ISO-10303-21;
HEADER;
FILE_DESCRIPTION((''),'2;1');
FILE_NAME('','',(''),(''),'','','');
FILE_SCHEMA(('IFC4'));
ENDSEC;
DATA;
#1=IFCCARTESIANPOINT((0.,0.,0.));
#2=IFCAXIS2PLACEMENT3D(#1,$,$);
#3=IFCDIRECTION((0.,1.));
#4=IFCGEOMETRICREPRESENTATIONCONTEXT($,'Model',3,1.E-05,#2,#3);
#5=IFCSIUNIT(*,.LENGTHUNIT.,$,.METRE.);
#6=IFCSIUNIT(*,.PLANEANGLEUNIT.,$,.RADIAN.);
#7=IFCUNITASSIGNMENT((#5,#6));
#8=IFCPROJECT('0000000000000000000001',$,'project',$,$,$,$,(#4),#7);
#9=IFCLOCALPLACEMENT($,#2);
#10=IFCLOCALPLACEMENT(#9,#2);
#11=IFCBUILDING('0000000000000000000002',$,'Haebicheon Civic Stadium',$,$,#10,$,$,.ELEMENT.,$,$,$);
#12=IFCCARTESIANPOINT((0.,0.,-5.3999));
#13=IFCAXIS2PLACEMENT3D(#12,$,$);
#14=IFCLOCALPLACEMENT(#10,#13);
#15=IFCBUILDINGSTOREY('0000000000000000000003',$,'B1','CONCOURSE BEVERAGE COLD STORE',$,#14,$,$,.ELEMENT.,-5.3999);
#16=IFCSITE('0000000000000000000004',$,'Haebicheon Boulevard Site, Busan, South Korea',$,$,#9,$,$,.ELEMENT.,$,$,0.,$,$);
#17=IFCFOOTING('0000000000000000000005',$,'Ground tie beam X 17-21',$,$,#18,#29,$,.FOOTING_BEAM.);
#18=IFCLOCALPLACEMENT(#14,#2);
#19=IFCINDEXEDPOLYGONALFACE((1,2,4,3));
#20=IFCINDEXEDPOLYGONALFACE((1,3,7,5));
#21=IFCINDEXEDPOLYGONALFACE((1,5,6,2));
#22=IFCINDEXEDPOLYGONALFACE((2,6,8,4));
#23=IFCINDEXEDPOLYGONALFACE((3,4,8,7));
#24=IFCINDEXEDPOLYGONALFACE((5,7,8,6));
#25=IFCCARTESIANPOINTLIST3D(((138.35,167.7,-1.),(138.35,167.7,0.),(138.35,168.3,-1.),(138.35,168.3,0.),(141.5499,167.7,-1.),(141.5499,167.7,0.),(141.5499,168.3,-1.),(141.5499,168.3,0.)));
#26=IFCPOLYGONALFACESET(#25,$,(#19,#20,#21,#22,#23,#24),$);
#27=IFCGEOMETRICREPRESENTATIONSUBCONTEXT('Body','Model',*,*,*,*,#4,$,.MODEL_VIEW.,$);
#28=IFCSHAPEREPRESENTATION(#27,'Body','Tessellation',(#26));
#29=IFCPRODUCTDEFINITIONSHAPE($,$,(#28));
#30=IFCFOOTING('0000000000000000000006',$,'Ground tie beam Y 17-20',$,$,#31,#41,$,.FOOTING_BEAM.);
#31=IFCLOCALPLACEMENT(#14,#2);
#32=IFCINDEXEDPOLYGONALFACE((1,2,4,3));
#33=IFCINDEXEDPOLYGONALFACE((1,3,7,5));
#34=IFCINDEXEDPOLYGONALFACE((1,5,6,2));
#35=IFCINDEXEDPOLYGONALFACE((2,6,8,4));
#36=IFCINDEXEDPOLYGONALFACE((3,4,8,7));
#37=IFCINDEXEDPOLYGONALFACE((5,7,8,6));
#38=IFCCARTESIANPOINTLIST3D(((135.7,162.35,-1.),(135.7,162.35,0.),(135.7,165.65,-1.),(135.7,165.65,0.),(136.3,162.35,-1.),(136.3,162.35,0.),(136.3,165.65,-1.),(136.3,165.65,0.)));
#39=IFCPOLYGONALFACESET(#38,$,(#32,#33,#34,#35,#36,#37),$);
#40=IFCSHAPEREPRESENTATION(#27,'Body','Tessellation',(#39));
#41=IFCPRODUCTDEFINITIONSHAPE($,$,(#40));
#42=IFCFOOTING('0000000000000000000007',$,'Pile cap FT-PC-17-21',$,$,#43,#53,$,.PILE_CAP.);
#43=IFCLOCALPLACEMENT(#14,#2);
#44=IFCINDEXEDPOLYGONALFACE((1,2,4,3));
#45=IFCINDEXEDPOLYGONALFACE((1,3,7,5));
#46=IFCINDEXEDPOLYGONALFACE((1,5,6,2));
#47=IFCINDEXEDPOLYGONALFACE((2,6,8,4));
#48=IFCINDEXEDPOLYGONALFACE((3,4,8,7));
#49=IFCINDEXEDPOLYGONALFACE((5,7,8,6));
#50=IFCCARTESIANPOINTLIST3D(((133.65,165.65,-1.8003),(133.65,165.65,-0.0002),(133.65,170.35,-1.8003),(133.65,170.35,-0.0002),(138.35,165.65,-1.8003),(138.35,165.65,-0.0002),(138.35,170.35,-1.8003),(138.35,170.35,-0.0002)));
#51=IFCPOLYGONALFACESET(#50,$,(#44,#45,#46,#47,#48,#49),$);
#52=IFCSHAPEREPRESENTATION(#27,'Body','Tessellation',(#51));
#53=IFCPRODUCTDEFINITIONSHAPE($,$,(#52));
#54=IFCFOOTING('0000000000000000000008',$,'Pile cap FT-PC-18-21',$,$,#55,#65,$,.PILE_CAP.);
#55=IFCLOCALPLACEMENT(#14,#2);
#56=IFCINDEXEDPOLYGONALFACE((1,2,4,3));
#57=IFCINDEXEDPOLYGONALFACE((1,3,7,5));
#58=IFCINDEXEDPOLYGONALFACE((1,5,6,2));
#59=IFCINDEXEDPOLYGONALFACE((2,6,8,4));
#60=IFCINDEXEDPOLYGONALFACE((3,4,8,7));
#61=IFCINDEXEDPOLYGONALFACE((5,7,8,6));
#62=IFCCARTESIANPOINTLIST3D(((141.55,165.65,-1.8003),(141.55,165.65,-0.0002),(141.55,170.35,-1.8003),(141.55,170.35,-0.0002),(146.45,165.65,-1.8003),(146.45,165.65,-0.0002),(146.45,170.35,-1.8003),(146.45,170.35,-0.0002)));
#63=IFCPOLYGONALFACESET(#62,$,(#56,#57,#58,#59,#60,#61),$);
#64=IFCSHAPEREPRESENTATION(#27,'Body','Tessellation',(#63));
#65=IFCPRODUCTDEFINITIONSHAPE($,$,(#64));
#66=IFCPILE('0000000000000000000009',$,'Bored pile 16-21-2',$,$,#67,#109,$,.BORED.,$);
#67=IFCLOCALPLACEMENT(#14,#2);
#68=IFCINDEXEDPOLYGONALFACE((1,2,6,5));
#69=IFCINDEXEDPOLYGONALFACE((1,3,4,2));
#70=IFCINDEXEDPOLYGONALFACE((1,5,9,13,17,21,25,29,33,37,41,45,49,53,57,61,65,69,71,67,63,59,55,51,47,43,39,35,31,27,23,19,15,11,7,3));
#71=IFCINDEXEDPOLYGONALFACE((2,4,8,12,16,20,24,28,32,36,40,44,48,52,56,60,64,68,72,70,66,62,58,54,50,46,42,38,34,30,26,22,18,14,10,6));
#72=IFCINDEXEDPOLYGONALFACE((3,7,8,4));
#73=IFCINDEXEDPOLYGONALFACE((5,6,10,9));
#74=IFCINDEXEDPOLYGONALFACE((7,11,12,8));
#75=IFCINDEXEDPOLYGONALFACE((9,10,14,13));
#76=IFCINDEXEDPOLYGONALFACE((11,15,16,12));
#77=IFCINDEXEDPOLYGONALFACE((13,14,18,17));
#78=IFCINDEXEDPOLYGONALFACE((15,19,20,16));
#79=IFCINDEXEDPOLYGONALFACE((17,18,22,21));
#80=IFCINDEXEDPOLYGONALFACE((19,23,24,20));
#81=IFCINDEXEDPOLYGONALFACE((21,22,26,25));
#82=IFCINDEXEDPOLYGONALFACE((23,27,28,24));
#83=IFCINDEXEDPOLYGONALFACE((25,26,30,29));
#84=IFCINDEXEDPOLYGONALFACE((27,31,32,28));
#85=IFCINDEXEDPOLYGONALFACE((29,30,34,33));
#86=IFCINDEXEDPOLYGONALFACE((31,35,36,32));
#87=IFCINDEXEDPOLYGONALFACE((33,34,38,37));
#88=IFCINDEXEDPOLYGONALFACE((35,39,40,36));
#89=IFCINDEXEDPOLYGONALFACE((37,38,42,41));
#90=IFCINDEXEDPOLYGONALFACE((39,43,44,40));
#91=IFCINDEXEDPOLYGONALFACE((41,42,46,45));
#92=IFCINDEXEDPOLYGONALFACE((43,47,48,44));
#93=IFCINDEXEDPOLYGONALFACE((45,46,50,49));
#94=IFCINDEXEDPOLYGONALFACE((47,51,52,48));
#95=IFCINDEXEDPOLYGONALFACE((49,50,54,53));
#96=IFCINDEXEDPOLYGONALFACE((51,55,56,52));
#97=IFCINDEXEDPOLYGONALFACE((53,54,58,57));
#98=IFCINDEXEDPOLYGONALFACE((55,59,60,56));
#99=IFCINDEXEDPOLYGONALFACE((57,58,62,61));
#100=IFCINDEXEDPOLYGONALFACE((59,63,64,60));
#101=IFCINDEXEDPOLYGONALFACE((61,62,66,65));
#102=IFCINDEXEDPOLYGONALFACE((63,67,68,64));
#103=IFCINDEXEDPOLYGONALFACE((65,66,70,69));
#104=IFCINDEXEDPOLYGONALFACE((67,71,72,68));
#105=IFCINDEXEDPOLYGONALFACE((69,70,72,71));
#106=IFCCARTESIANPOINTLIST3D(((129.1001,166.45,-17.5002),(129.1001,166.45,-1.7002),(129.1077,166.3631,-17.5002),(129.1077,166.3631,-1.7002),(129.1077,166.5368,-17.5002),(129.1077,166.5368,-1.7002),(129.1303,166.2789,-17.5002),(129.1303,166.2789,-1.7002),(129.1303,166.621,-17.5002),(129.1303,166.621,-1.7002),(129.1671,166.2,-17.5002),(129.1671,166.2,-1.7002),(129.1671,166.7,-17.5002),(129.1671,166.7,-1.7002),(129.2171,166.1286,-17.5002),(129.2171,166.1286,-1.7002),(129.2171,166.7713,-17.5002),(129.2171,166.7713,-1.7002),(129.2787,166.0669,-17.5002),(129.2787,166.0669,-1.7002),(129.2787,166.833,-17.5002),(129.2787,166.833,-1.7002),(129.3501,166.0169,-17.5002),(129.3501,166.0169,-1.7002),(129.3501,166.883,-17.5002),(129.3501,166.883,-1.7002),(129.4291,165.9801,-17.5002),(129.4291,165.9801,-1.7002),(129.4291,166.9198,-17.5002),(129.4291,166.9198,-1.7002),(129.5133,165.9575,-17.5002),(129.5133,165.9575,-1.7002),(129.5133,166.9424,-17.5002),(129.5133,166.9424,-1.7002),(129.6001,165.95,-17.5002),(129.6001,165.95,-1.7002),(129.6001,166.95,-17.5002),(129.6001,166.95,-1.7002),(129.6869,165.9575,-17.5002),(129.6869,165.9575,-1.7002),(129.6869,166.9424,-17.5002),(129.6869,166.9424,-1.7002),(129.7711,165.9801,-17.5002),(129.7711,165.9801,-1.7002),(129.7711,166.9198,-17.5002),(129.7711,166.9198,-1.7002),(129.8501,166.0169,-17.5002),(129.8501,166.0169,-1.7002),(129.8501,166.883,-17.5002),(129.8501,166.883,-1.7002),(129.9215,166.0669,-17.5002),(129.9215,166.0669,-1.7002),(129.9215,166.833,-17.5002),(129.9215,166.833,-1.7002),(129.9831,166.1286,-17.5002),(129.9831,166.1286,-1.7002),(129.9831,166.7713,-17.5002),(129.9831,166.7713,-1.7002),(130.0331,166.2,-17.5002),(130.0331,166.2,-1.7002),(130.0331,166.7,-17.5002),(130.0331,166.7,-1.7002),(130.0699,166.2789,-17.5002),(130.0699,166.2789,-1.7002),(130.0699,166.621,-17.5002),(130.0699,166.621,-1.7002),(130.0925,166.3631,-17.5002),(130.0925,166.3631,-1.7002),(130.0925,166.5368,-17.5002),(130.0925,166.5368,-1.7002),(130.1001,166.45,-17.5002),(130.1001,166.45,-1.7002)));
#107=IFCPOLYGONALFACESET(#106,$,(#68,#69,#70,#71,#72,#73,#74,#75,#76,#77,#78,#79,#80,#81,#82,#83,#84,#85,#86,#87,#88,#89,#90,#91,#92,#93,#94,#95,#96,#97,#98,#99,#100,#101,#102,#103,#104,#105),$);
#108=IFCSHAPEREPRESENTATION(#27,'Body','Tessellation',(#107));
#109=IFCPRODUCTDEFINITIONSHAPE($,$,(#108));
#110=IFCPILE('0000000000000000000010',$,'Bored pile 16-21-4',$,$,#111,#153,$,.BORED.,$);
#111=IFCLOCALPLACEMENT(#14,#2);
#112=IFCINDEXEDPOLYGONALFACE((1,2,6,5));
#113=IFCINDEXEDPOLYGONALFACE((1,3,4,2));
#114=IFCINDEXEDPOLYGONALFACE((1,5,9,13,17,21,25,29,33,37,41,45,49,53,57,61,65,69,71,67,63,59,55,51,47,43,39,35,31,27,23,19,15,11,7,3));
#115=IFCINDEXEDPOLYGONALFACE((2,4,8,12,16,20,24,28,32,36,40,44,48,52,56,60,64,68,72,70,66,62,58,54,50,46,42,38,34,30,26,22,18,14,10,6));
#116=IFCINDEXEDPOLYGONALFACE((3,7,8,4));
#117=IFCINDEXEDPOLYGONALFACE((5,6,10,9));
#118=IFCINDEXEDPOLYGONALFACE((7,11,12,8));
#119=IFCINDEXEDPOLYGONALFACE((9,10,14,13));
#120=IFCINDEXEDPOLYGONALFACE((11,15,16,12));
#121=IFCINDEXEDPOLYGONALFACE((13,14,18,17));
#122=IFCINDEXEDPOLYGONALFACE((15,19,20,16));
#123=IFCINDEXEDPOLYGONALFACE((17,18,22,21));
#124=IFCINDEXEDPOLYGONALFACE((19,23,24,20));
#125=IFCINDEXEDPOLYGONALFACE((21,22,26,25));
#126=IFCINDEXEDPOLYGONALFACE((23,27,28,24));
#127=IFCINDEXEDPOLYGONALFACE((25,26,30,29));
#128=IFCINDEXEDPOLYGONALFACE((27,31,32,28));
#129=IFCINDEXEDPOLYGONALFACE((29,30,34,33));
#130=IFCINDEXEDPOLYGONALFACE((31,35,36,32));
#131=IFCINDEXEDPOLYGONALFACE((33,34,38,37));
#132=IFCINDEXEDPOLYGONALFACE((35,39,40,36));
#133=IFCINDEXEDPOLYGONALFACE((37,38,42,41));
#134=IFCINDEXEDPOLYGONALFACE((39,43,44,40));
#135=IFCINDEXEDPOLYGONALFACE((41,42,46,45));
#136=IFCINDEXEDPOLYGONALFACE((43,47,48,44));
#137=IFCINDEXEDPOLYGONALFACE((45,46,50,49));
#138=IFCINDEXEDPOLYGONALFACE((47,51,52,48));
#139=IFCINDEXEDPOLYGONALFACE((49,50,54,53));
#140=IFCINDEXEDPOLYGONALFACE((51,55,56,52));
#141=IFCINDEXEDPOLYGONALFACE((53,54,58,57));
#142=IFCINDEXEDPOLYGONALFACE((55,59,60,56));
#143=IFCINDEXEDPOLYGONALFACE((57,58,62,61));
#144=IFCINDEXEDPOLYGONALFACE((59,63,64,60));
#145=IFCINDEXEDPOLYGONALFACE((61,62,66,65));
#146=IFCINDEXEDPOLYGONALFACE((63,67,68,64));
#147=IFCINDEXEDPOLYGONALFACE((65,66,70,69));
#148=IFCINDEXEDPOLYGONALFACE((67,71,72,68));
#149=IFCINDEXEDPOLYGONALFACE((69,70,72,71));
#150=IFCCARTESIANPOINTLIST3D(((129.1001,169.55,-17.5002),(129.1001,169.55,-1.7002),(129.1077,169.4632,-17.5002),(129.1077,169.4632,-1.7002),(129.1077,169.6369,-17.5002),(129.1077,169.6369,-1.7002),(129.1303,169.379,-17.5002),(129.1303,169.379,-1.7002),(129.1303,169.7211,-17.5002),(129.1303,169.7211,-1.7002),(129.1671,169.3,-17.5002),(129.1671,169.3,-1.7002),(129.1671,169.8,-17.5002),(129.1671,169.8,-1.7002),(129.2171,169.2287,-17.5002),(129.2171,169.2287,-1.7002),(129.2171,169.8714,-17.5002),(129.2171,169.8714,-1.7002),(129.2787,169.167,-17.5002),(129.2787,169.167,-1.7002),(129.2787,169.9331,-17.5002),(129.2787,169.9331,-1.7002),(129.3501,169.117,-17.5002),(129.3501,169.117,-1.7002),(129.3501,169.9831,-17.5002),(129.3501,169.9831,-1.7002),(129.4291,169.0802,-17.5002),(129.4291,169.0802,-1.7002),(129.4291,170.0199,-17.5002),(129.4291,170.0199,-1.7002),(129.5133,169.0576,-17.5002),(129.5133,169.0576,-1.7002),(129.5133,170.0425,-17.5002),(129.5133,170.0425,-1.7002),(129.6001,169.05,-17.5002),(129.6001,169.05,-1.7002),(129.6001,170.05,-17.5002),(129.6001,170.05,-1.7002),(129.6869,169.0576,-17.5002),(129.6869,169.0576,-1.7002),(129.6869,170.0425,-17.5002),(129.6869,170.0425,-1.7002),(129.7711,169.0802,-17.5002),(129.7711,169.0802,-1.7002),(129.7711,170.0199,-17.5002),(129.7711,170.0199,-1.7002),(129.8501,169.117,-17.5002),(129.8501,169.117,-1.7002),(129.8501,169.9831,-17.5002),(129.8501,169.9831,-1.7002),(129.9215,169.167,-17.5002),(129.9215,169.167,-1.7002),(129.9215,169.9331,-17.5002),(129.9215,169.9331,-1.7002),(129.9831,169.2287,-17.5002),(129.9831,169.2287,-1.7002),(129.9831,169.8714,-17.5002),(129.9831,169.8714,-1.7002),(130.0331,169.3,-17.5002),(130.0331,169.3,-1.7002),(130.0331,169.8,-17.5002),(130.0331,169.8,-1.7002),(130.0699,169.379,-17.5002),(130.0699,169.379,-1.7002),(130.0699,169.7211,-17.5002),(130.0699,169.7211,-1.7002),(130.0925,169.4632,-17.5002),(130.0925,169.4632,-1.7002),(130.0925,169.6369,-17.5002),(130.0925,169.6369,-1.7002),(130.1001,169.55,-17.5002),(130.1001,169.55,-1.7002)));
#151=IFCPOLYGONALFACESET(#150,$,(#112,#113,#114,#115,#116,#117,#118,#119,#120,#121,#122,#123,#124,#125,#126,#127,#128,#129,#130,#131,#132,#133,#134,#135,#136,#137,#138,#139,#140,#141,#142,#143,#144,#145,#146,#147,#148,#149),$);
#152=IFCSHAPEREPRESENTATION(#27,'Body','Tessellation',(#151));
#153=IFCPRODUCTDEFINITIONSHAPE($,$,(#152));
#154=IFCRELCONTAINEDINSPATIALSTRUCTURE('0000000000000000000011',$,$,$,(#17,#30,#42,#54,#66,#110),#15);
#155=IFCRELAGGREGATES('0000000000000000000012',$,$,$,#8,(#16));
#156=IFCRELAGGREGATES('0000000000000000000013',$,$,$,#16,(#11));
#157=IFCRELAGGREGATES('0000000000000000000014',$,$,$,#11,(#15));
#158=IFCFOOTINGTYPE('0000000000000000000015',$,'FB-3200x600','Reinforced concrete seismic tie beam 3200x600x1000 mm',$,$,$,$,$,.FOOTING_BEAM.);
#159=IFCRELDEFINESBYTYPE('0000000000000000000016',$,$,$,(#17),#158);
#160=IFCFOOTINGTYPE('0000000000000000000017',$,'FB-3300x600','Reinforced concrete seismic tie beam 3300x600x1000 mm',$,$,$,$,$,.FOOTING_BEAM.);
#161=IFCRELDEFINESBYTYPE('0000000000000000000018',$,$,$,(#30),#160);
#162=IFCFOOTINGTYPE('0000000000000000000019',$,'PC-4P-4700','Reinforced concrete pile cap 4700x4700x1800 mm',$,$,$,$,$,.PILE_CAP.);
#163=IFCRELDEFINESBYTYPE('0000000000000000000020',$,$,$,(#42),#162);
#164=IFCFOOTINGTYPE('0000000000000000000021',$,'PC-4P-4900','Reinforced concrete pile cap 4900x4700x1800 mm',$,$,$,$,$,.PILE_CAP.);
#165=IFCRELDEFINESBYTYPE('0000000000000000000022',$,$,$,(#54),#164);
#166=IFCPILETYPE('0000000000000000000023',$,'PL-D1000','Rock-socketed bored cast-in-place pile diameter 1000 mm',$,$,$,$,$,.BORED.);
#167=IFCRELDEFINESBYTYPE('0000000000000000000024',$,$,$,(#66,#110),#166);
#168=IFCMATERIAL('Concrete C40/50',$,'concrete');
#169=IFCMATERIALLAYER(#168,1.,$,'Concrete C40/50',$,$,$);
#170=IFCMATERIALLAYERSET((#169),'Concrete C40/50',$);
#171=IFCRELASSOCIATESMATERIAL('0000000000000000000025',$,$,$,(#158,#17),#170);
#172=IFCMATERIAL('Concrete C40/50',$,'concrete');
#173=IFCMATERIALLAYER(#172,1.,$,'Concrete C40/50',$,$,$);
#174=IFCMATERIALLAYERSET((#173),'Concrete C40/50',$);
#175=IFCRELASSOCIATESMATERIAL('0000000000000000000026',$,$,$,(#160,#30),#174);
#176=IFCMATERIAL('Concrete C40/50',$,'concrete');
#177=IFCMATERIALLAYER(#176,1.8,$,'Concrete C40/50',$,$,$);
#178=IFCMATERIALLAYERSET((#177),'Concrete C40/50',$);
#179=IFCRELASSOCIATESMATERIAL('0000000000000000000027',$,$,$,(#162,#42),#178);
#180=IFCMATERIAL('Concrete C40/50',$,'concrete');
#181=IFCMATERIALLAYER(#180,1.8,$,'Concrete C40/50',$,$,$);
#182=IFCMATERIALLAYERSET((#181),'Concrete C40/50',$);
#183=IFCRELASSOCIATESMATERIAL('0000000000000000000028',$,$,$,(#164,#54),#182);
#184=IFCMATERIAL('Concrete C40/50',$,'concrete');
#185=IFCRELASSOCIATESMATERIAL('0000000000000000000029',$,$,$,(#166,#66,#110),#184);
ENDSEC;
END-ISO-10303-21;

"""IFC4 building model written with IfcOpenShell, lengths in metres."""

from ifc_helpers import new_model, si_unit, direction, frame, origin, origin_2d, place, context, subcontext, project, spatial, rectangle, circle, extrude, material, layer, layer_set, material_profile, profile_set, type_object, element, save


model = new_model("IFC4")

# Units and contexts
model_context = context("Model", 3, precision=1e-05, world=origin(), true_north=direction((0.0, 1.0)))
body_context = subcontext(model_context, "Body", "Model", "MODEL_VIEW")
ifc_project = project(units=[si_unit("LENGTHUNIT", "METRE"), si_unit("PLANEANGLEUNIT", "RADIAN")], contexts=[model_context])

# Site, building, storey
site_placement = place(None, origin())
site = spatial("IfcSite", under=ifc_project, at=site_placement, Name="Haebicheon Boulevard Site, Busan, South Korea", CompositionType="ELEMENT", RefElevation=0.0)
building_placement = place(site_placement, origin())
building = spatial("IfcBuilding", under=site, at=building_placement, Name="Haebicheon Civic Stadium", CompositionType="ELEMENT")
storey_placement = place(building_placement, frame((0.0, 0.0, -5.3999)))
storey = spatial("IfcBuildingStorey", under=building, at=storey_placement, Name="B1", Description="CONCOURSE BEVERAGE COLD STORE", CompositionType="ELEMENT", Elevation=-5.3999)

# Footings
ifc_material_1 = material(Name="Concrete C40/50", Category="concrete")
ifc_layer_1 = layer(ifc_material_1, 1.0, Name="Concrete C40/50")
ifc_layer_set_1 = layer_set([ifc_layer_1], Name="Concrete C40/50")
footing_type_1 = type_object("IfcFootingType", Name="FB-3200x600", Description="Reinforced concrete seismic tie beam 3200x600x1000 mm", PredefinedType="FOOTING_BEAM", material=ifc_layer_set_1)
footing_1_placement = place(storey_placement, frame((139.95, 168.0, -1.0), z_axis=(0.0, 0.0, 1.0), x_axis=(1.0, 0.0, 0.0)))
element("IfcFooting", 1, at=footing_1_placement, inside=storey, type_object=footing_type_1, material=ifc_layer_set_1, Name="Ground tie beam X 17-21", PredefinedType="FOOTING_BEAM", context=body_context, shape_type="SweptSolid", body=[
    extrude(rectangle(XDim=3.2, YDim=0.6001, at=origin_2d()), origin(), (0.0, 0.0, 1.0), 1.0),
])
ifc_material_2 = material(Name="Concrete C40/50", Category="concrete")
ifc_layer_2 = layer(ifc_material_2, 1.0, Name="Concrete C40/50")
ifc_layer_set_2 = layer_set([ifc_layer_2], Name="Concrete C40/50")
footing_type_2 = type_object("IfcFootingType", Name="FB-3300x600", Description="Reinforced concrete seismic tie beam 3300x600x1000 mm", PredefinedType="FOOTING_BEAM", material=ifc_layer_set_2)
footing_2_placement = place(storey_placement, frame((136.0, 164.0, -1.0), z_axis=(0.0, 0.0, 1.0), x_axis=(0.0, 1.0, 0.0)))
element("IfcFooting", 2, at=footing_2_placement, inside=storey, type_object=footing_type_2, material=ifc_layer_set_2, Name="Ground tie beam Y 17-20", PredefinedType="FOOTING_BEAM", context=body_context, shape_type="SweptSolid", body=[
    extrude(rectangle(XDim=3.3, YDim=0.6001, at=origin_2d()), origin(), (0.0, 0.0, 1.0), 1.0),
])
ifc_material_3 = material(Name="Concrete C40/50", Category="concrete")
ifc_layer_3 = layer(ifc_material_3, 1.8, Name="Concrete C40/50")
ifc_layer_set_3 = layer_set([ifc_layer_3], Name="Concrete C40/50")
footing_type_3 = type_object("IfcFootingType", Name="PC-4P-4700", Description="Reinforced concrete pile cap 4700x4700x1800 mm", PredefinedType="PILE_CAP", material=ifc_layer_set_3)
footing_3_placement = place(storey_placement, frame((136.0, 168.0, -1.8003), z_axis=(0.0, 0.0, 1.0), x_axis=(1.0, 0.0, 0.0)))
element("IfcFooting", 3, at=footing_3_placement, inside=storey, type_object=footing_type_3, material=ifc_layer_set_3, Name="Pile cap FT-PC-17-21", PredefinedType="PILE_CAP", context=body_context, shape_type="SweptSolid", body=[
    extrude(rectangle(XDim=4.7, YDim=4.7, at=origin_2d()), origin(), (0.0, 0.0, 1.0), 1.8),
])
ifc_material_4 = material(Name="Concrete C40/50", Category="concrete")
ifc_layer_4 = layer(ifc_material_4, 1.8, Name="Concrete C40/50")
ifc_layer_set_4 = layer_set([ifc_layer_4], Name="Concrete C40/50")
footing_type_4 = type_object("IfcFootingType", Name="PC-4P-4900", Description="Reinforced concrete pile cap 4900x4700x1800 mm", PredefinedType="PILE_CAP", material=ifc_layer_set_4)
footing_4_placement = place(storey_placement, frame((144.0, 168.0, -1.8003), z_axis=(0.0, 0.0, 1.0), x_axis=(1.0, 0.0, 0.0)))
element("IfcFooting", 4, at=footing_4_placement, inside=storey, type_object=footing_type_4, material=ifc_layer_set_4, Name="Pile cap FT-PC-18-21", PredefinedType="PILE_CAP", context=body_context, shape_type="SweptSolid", body=[
    extrude(rectangle(XDim=4.8999, YDim=4.7, at=origin_2d()), origin(), (0.0, 0.0, 1.0), 1.8),
])

# Piles
ifc_material_5 = material(Name="Concrete C40/50", Category="concrete")
ifc_material_profile_1 = material_profile(ifc_material_5, circle(Radius=0.5, at=origin_2d()), Name="PILE-D1000")
ifc_profile_set_1 = profile_set([ifc_material_profile_1], Name="Concrete C40/50")
pile_type = type_object("IfcPileType", Name="PL-D1000", Description="Rock-socketed bored cast-in-place pile diameter 1000 mm", PredefinedType="BORED", material=ifc_profile_set_1)
for number, where, z_axis, x_axis, name in (
    (5, (129.6001, 166.45, -1.7002), (0.0, 0.0, -1.0), (1.0, 0.0, 0.0), "Bored pile 16-21-2"),
    (6, (129.6001, 169.55, -1.7002), (0.0, 0.0, -1.0), (1.0, 0.0, 0.0), "Bored pile 16-21-4"),
):
    element("IfcPile", number, at=place(storey_placement, frame(where, z_axis=z_axis, x_axis=x_axis)), inside=storey, type_object=pile_type, material=ifc_profile_set_1, Name=name, PredefinedType="BORED", context=body_context, shape_type="SweptSolid", body=[
        extrude(circle(Radius=0.5, at=origin_2d()), origin(), (0.0, 0.0, 1.0), 15.8),
    ])

save(model, "model.ifc")
